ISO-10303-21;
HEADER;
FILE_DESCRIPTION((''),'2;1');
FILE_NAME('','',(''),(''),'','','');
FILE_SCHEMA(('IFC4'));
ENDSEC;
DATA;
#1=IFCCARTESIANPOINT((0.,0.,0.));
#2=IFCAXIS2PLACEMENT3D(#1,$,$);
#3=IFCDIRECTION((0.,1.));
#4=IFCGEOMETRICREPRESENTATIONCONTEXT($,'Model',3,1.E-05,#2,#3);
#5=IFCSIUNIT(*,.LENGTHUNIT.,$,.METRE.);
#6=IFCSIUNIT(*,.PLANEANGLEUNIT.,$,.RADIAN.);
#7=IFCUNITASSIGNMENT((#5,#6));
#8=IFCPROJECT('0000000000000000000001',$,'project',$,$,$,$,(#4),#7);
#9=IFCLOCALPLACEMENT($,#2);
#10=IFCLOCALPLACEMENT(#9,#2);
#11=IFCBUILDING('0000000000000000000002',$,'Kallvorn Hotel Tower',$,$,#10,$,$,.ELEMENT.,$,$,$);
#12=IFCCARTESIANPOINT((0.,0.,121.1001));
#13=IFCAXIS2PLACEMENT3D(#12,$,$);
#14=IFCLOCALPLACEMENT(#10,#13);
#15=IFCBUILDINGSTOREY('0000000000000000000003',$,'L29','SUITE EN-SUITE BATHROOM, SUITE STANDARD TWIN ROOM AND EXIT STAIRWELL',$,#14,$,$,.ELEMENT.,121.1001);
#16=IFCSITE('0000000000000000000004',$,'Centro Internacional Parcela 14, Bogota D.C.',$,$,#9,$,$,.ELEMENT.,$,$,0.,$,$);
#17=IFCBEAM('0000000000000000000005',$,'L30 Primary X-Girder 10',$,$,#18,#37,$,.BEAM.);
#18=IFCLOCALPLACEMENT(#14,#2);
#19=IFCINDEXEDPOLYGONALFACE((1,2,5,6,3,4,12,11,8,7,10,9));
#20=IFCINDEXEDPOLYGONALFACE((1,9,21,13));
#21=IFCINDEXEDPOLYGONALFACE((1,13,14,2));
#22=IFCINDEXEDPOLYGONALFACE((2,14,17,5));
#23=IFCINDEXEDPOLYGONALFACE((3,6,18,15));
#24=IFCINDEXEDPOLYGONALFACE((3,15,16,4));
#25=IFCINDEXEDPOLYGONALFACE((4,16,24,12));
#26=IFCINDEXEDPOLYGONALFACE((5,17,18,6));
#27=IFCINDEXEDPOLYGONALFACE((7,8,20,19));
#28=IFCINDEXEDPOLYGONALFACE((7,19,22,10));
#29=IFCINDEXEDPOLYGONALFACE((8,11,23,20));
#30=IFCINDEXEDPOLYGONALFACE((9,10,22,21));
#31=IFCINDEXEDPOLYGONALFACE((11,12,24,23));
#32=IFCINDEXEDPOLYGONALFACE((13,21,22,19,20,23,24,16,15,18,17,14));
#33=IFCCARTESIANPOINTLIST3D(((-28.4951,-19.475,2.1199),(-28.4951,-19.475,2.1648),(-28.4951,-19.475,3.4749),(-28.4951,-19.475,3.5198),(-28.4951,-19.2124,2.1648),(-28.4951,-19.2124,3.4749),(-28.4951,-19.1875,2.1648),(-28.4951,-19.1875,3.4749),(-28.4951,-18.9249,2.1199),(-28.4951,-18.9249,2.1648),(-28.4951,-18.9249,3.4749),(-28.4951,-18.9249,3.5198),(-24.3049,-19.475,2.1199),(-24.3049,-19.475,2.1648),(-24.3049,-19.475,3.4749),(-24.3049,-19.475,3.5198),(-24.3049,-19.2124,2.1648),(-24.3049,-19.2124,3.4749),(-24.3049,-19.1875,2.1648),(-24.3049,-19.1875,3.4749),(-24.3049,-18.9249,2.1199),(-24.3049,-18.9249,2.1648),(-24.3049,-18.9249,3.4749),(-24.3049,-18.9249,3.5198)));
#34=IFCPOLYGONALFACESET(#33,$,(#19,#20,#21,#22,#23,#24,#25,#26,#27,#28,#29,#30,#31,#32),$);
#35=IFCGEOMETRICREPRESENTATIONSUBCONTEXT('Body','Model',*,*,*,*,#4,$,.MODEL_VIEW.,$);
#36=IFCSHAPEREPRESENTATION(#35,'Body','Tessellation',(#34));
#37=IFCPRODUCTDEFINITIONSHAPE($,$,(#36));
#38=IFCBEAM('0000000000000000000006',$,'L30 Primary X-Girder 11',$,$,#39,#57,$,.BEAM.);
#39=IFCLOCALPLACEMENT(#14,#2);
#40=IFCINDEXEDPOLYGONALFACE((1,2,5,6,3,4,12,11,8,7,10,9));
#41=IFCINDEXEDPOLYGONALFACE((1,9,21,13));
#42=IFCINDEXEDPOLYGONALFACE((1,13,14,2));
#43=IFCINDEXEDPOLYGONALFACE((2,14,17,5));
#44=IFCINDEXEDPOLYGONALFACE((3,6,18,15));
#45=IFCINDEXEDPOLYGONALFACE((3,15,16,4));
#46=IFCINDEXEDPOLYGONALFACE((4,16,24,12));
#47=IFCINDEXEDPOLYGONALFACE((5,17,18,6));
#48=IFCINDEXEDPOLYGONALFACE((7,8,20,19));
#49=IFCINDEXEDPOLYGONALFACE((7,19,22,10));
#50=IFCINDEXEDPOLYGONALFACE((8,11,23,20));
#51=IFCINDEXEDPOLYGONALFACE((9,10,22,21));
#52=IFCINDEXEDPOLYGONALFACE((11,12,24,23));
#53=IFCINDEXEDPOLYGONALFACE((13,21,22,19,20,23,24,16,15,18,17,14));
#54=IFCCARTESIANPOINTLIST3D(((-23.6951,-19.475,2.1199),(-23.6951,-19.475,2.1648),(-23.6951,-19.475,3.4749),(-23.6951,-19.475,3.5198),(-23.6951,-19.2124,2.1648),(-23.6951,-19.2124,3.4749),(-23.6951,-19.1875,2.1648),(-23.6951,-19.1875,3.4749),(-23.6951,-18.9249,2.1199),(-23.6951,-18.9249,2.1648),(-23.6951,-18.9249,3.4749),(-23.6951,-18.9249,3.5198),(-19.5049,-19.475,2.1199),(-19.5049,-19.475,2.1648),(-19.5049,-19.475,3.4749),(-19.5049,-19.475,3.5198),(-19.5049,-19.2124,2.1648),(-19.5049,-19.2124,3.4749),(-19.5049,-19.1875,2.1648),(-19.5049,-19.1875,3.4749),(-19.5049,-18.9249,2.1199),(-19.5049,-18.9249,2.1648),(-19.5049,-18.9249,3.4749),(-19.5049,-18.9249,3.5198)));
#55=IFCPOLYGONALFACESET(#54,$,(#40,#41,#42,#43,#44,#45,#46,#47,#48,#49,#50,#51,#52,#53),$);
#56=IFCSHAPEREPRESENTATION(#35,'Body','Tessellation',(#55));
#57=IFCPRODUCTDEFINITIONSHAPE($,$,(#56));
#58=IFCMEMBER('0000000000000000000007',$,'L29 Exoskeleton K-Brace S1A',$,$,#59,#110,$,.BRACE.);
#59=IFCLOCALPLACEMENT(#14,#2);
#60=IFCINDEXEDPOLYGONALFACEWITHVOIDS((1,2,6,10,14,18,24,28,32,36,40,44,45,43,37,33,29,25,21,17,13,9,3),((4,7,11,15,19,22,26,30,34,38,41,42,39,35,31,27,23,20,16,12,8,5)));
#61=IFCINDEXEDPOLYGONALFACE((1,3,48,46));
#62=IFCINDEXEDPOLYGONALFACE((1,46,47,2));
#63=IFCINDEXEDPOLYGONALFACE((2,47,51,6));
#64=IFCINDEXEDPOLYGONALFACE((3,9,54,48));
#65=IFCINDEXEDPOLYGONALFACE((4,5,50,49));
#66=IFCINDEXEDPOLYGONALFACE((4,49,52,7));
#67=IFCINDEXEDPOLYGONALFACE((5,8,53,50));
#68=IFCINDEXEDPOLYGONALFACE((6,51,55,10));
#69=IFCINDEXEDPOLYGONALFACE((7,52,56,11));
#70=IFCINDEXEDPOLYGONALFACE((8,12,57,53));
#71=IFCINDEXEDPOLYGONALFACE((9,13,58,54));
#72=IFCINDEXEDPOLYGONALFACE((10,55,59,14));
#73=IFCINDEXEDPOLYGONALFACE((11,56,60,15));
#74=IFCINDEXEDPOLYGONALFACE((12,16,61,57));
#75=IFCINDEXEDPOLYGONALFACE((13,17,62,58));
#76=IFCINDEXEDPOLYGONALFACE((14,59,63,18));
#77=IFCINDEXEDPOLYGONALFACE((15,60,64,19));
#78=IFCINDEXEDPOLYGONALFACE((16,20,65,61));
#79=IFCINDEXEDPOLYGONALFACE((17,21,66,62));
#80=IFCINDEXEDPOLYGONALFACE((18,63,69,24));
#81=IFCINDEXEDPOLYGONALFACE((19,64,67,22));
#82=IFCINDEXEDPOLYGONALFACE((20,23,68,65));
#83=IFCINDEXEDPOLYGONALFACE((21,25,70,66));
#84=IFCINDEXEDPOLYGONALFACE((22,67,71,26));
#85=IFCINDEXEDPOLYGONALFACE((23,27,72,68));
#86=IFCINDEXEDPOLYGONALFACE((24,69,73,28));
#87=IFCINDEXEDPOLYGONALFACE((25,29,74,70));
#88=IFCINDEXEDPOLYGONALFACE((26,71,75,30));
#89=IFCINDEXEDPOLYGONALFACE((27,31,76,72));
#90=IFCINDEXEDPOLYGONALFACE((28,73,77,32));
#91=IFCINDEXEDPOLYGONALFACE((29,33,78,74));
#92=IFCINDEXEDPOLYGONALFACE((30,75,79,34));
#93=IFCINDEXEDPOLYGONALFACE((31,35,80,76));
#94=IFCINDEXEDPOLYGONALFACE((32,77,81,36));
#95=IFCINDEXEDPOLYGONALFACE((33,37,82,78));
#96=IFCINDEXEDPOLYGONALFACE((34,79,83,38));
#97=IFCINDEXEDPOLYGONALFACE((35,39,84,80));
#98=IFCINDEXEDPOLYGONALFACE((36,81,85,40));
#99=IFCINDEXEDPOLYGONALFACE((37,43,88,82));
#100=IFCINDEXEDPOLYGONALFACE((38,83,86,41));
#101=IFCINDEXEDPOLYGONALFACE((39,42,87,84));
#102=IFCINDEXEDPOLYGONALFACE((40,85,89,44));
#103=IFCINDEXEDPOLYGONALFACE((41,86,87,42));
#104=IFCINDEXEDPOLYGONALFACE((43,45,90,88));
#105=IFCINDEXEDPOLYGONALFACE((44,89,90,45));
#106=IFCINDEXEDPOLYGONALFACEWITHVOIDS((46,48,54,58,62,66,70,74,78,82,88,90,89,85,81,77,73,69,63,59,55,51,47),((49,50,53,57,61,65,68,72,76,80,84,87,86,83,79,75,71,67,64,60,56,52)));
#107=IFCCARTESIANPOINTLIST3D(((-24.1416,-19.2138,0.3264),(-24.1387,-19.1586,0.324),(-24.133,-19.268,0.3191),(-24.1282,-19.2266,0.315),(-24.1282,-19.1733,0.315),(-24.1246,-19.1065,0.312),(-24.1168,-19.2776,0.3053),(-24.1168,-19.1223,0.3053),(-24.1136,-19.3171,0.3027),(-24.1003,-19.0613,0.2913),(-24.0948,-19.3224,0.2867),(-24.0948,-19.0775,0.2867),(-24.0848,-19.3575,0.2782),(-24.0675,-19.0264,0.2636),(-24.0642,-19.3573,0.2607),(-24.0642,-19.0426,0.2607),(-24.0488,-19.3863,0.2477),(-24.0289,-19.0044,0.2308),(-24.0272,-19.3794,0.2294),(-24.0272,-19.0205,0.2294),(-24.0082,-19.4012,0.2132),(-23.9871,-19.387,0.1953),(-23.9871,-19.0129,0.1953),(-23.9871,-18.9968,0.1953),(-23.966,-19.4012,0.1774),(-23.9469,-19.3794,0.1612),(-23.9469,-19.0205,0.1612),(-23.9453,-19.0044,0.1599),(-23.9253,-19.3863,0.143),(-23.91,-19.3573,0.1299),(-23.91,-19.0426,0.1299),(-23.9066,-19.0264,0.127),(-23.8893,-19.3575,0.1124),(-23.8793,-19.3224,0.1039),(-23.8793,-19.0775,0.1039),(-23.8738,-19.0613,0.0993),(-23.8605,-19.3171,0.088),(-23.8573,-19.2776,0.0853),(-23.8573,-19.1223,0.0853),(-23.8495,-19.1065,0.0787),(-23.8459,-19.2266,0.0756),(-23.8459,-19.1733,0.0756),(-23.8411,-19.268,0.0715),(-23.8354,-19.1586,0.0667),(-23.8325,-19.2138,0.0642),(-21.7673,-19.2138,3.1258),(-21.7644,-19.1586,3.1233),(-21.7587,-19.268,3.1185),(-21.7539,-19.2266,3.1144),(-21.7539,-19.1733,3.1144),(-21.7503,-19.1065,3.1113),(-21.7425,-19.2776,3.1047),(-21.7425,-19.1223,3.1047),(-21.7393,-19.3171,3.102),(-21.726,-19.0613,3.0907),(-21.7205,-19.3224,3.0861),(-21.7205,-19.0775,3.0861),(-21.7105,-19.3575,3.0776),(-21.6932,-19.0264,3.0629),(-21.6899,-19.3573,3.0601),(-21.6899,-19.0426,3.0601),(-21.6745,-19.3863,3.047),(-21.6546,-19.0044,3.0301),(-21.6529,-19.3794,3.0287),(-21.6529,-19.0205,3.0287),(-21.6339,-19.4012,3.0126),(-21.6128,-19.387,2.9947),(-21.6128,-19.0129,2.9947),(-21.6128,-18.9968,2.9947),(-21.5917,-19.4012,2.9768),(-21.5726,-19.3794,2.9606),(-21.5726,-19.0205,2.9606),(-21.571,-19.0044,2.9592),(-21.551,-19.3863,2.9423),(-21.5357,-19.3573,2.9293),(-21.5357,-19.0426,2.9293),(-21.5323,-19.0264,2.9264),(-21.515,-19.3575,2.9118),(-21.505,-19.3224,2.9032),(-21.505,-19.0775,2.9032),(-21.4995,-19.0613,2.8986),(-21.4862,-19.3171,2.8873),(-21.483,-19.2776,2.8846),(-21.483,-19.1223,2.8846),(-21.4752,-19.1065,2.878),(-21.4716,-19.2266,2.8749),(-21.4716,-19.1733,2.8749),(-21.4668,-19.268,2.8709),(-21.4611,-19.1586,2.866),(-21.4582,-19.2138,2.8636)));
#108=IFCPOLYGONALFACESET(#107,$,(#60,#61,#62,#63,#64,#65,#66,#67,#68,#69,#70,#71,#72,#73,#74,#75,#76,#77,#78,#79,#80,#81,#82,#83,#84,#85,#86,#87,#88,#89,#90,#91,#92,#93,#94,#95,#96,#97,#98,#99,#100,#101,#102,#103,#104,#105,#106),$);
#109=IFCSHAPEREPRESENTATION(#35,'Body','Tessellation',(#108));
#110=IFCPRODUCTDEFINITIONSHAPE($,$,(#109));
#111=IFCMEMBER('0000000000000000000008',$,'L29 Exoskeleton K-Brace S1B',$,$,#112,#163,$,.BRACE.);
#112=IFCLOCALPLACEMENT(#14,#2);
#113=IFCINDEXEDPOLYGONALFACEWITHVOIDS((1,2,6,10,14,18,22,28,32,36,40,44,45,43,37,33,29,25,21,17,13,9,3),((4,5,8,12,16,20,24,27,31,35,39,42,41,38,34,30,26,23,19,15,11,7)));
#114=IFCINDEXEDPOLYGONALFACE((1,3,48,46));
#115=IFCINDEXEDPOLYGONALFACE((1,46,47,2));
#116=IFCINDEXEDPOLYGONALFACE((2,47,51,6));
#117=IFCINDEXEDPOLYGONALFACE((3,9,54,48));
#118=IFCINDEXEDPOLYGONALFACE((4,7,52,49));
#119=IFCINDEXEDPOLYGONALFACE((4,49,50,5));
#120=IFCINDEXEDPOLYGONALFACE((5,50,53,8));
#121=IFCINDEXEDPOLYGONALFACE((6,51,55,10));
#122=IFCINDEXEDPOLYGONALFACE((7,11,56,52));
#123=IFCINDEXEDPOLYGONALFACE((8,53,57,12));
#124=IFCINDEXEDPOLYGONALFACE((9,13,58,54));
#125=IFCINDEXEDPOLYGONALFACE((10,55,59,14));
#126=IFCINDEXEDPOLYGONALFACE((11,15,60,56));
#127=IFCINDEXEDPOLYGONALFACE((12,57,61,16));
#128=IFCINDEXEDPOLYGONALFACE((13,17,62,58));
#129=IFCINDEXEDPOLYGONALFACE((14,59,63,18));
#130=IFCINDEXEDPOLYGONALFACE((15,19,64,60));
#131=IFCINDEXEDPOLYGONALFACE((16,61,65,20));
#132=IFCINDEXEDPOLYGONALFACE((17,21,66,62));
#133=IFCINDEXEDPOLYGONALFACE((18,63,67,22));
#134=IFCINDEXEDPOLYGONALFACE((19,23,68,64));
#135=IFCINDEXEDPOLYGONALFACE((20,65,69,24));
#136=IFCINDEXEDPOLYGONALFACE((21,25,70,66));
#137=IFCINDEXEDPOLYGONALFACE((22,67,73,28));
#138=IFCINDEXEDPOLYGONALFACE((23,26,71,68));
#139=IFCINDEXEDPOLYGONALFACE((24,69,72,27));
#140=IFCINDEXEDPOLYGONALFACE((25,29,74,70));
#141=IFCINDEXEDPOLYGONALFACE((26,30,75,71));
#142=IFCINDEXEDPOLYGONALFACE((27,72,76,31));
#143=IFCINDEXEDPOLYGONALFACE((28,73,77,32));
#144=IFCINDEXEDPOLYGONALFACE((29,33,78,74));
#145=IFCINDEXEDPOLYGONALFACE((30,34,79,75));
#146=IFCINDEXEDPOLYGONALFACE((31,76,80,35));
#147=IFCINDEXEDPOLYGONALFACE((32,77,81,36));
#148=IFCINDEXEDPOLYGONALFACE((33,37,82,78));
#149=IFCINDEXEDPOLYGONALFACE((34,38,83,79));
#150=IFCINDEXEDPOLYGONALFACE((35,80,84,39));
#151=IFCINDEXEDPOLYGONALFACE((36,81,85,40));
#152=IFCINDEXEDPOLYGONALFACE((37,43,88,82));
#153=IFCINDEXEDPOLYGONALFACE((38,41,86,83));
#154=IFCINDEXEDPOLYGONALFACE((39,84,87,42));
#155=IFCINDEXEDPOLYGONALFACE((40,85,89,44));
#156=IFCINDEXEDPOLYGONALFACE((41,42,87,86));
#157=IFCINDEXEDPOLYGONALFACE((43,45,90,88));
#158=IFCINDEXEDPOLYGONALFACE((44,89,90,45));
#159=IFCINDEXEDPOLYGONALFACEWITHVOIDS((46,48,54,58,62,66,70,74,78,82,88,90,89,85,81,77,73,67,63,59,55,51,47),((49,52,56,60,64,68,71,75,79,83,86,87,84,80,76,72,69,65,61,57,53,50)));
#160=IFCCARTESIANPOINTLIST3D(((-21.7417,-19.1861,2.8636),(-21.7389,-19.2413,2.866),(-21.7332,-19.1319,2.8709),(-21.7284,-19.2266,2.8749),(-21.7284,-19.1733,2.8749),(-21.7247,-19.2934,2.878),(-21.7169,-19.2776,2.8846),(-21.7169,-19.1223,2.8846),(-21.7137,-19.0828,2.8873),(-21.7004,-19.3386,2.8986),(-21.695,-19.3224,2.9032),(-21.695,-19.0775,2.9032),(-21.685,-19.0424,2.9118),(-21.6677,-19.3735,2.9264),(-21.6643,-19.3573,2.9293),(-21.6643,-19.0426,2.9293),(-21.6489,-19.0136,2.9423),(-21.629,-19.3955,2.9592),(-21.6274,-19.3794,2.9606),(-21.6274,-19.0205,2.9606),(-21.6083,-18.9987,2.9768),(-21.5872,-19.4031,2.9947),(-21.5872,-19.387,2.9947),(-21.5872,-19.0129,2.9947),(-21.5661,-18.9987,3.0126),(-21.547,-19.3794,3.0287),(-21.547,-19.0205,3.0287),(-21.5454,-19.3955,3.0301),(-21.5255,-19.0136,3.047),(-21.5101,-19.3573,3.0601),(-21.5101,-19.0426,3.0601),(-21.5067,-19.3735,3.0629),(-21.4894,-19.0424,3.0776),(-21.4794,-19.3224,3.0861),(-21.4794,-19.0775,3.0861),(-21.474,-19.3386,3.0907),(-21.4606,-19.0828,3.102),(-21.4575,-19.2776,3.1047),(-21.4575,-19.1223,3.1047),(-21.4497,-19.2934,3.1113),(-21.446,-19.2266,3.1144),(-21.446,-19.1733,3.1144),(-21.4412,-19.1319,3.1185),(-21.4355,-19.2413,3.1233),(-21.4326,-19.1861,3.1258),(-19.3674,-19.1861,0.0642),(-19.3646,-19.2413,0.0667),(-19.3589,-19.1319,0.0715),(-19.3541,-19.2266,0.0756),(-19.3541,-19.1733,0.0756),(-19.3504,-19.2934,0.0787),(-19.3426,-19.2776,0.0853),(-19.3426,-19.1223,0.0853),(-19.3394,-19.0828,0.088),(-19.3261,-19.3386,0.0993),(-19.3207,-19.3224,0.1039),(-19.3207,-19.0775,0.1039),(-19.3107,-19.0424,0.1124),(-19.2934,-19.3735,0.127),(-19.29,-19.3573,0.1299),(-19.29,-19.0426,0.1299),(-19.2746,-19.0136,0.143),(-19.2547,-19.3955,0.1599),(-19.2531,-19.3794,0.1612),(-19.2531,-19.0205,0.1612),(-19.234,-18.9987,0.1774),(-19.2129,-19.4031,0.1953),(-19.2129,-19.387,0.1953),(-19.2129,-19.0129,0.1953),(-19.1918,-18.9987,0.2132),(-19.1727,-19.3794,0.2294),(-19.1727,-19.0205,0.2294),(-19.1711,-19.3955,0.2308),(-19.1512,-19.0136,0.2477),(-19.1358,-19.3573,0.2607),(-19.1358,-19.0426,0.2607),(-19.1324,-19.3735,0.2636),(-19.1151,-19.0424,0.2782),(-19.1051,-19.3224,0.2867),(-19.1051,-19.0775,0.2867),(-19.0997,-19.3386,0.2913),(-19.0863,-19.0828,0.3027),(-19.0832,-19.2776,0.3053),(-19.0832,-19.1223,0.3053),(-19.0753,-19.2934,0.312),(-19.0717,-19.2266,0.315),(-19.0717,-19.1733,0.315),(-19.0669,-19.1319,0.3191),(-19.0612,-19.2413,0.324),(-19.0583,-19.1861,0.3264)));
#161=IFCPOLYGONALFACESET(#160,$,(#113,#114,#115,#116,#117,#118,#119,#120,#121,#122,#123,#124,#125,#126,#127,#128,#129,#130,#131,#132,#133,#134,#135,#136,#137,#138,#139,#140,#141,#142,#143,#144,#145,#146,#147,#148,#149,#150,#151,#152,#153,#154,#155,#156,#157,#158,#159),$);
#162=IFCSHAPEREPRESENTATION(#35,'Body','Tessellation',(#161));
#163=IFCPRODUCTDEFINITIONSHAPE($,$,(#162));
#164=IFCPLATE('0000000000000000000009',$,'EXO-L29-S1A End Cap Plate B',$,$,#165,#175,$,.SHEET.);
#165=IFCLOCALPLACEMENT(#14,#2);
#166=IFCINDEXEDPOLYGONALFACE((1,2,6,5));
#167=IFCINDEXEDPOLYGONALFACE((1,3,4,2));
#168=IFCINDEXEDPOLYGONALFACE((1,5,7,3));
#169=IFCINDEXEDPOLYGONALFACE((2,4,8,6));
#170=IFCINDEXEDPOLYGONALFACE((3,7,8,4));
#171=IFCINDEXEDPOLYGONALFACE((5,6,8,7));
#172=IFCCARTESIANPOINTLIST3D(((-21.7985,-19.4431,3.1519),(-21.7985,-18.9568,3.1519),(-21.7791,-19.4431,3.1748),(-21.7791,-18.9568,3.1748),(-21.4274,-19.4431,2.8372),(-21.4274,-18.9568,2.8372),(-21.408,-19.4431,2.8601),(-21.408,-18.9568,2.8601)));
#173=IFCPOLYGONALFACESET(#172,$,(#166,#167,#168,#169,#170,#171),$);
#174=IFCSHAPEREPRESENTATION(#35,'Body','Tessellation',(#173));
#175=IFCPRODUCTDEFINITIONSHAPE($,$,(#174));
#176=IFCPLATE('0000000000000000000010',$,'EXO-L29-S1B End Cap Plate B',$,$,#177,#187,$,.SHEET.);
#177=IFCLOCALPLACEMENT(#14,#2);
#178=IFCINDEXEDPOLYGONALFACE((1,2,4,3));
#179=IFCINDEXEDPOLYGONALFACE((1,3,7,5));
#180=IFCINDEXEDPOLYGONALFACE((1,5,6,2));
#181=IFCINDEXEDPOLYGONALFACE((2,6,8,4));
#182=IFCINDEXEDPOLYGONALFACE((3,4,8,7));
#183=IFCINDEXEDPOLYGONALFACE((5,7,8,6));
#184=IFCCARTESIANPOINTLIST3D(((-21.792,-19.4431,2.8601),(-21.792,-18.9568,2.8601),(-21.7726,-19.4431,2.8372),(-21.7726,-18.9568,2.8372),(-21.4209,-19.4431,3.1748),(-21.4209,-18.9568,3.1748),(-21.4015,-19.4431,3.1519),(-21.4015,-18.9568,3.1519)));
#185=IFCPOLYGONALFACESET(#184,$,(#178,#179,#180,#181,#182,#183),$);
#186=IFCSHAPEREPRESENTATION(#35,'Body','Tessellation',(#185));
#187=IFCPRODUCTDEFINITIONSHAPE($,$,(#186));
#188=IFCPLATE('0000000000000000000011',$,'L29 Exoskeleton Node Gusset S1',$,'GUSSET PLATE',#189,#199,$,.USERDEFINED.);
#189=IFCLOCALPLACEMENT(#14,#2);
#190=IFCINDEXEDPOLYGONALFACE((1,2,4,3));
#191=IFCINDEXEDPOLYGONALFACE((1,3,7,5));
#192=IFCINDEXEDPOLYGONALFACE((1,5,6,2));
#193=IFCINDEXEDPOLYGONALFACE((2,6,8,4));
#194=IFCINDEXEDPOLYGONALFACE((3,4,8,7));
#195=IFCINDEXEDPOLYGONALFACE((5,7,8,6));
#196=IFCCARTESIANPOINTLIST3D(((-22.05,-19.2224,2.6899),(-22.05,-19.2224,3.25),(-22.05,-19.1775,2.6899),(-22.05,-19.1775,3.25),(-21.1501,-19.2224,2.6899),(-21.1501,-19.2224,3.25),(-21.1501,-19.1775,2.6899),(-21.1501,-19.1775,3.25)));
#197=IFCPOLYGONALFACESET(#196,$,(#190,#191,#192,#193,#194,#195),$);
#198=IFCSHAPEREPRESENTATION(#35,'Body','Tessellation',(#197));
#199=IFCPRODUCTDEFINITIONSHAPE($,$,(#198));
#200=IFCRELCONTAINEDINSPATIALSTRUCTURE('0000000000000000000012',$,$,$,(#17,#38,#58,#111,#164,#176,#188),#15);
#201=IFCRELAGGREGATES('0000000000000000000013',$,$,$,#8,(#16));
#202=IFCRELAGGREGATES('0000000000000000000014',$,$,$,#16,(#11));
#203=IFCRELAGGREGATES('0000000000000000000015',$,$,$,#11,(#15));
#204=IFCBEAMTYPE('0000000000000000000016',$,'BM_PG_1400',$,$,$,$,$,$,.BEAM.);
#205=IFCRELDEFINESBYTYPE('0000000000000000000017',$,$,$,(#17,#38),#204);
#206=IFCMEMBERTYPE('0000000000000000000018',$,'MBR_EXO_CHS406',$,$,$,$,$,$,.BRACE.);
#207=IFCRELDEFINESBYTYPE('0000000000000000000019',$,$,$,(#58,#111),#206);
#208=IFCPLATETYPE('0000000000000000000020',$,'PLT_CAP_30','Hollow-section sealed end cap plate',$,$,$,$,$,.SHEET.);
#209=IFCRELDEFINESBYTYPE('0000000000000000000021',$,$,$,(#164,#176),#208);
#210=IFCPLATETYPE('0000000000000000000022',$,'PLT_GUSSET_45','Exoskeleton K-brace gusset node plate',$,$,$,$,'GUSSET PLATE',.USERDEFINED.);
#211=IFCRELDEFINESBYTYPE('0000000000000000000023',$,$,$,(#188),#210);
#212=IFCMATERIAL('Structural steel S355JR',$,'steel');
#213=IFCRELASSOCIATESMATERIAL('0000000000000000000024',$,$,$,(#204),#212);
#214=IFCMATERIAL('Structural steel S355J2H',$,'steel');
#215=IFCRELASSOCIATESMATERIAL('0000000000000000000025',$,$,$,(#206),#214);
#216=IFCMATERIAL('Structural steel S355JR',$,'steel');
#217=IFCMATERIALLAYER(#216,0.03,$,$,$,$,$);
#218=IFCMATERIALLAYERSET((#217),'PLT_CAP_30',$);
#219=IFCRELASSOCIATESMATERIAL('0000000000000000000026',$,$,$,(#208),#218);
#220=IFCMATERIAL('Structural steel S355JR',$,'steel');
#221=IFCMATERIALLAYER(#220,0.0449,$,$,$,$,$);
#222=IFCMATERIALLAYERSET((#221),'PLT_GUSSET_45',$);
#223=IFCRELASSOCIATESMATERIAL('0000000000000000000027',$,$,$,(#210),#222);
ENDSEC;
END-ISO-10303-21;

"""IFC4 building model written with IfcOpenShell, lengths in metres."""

from ifc_helpers import new_model, si_unit, direction, frame, origin, origin_2d, place, context, subcontext, project, spatial, polyline, rectangle, hollow_circle, i_section, outline, extrude, material, layer, layer_set, material_profile, profile_set, type_object, element, save


model = new_model("IFC4")

# Units and contexts
model_context = context("Model", 3, precision=1e-05, world=origin(), true_north=direction((0.0, 1.0)))
body_context = subcontext(model_context, "Body", "Model", "MODEL_VIEW")
ifc_project = project(units=[si_unit("LENGTHUNIT", "METRE"), si_unit("PLANEANGLEUNIT", "RADIAN")], contexts=[model_context])

# Site, building, storey
site_placement = place(None, origin())
site = spatial("IfcSite", under=ifc_project, at=site_placement, Name="Centro Internacional Parcela 14, Bogota D.C.", CompositionType="ELEMENT", RefElevation=0.0)
building_placement = place(site_placement, origin())
building = spatial("IfcBuilding", under=site, at=building_placement, Name="Kallvorn Hotel Tower", CompositionType="ELEMENT")
storey_placement = place(building_placement, frame((0.0, 0.0, 121.1001)))
storey = spatial("IfcBuildingStorey", under=building, at=storey_placement, Name="L29", Description="SUITE EN-SUITE BATHROOM, SUITE STANDARD TWIN ROOM AND EXIT STAIRWELL", CompositionType="ELEMENT", Elevation=121.1001)

# Beams
ifc_material_1 = material(Name="Structural steel S355JR", Category="steel")
ifc_material_profile_1 = material_profile(ifc_material_1, i_section(OverallWidth=0.55, OverallDepth=1.3999, WebThickness=0.0249, FlangeThickness=0.0449, at=origin_2d()), Name="PG 1400x550x25x45")
ifc_profile_set_1 = profile_set([ifc_material_profile_1], Name="Structural steel S355JR")
beam_type_1 = type_object("IfcBeamType", Name="BM_PG_1400", PredefinedType="BEAM", material=ifc_profile_set_1)
for number, where, z_axis, x_axis, name in (
    (1, (-28.4951, -19.2, 2.8198), (1.0, 0.0, 0.0), (0.0, 1.0, 0.0), "L30 Primary X-Girder 10"),
    (2, (-23.6951, -19.2, 2.8198), (1.0, 0.0, 0.0), (0.0, 1.0, 0.0), "L30 Primary X-Girder 11"),
):
    element("IfcBeam", number, at=place(storey_placement, frame(where, z_axis=z_axis, x_axis=x_axis)), inside=storey, type_object=beam_type_1, Name=name, PredefinedType="BEAM", context=body_context, shape_type="SweptSolid", body=[
        extrude(i_section(OverallWidth=0.55, OverallDepth=1.3999, WebThickness=0.0249, FlangeThickness=0.0449, at=origin_2d()), origin(), (0.0, 0.0, 1.0), 4.1902),
    ])

# Members
ifc_material_2 = material(Name="Structural steel S355J2H", Category="steel")
ifc_material_profile_2 = material_profile(ifc_material_2, hollow_circle(Radius=0.2031, WallThickness=0.0161, at=origin_2d()), Name="CHS 406.4x16")
ifc_profile_set_2 = profile_set([ifc_material_profile_2], Name="Structural steel S355J2H")
member_type = type_object("IfcMemberType", Name="MBR_EXO_CHS406", PredefinedType="BRACE", material=ifc_profile_set_2)
for number, where, z_axis, x_axis, name in (
    (3, (-23.9871, -19.2, 0.1953), (0.646833, 0.0, 0.762631), (0.0, 1.0, 0.0), "L29 Exoskeleton K-Brace S1A"),
    (4, (-19.2129, -19.2, 0.1953), (-0.646833, 0.0, 0.762631), (0.0, -1.0, 0.0), "L29 Exoskeleton K-Brace S1B"),
):
    element("IfcMember", number, at=place(storey_placement, frame(where, z_axis=z_axis, x_axis=x_axis)), inside=storey, type_object=member_type, Name=name, PredefinedType="BRACE", context=body_context, shape_type="SweptSolid", body=[
        extrude(hollow_circle(Radius=0.2031, WallThickness=0.0161, at=origin_2d()), origin(), (0.0, 0.0, 1.0), 3.6707),
    ])

# Plates
ifc_material_3 = material(Name="Structural steel S355JR", Category="steel")
ifc_layer_1 = layer(ifc_material_3, 0.03)
ifc_layer_set_1 = layer_set([ifc_layer_1], Name="PLT_CAP_30")
plate_type_1 = type_object("IfcPlateType", Name="PLT_CAP_30", Description="Hollow-section sealed end cap plate", PredefinedType="SHEET", material=ifc_layer_set_1)
for number, where, z_axis, x_axis, name in (
    (5, (-21.408, -19.4431, 2.8601), (0.646774, 0.0, 0.762682), (0.0, 1.0, 0.0), "EXO-L29-S1A End Cap Plate B"),
    (6, (-21.792, -18.9568, 2.8601), (-0.646774, 0.0, 0.762682), (0.0, -1.0, 0.0), "EXO-L29-S1B End Cap Plate B"),
):
    element("IfcPlate", number, at=place(storey_placement, frame(where, z_axis=z_axis, x_axis=x_axis)), inside=storey, type_object=plate_type_1, Name=name, PredefinedType="SHEET", context=body_context, shape_type="SweptSolid", body=[
        extrude(outline(polyline([(0.0, 0.0), (0.4863, 0.0), (0.4863, 0.4866), (0.0, 0.4866), (0.0, 0.0)])), origin(), (0.0, 0.0, -1.0), 0.03),
    ])
ifc_material_4 = material(Name="Structural steel S355JR", Category="steel")
ifc_layer_2 = layer(ifc_material_4, 0.0449)
ifc_layer_set_2 = layer_set([ifc_layer_2], Name="PLT_GUSSET_45")
plate_type_2 = type_object("IfcPlateType", Name="PLT_GUSSET_45", Description="Exoskeleton K-brace gusset node plate", ElementType="GUSSET PLATE", PredefinedType="USERDEFINED", material=ifc_layer_set_2)
plate_placement = place(storey_placement, frame((-21.6001, -19.2, 2.6899), z_axis=(0.0, 0.0, 1.0), x_axis=(1.0, 0.0, 0.0)))
element("IfcPlate", 7, at=plate_placement, inside=storey, type_object=plate_type_2, Name="L29 Exoskeleton Node Gusset S1", ObjectType="GUSSET PLATE", PredefinedType="USERDEFINED", context=body_context, shape_type="SweptSolid", body=[
    extrude(rectangle(XDim=0.8999, YDim=0.0449, at=origin_2d()), origin(), (0.0, 0.0, 1.0), 0.5601),
])

save(model, "model.ifc")
